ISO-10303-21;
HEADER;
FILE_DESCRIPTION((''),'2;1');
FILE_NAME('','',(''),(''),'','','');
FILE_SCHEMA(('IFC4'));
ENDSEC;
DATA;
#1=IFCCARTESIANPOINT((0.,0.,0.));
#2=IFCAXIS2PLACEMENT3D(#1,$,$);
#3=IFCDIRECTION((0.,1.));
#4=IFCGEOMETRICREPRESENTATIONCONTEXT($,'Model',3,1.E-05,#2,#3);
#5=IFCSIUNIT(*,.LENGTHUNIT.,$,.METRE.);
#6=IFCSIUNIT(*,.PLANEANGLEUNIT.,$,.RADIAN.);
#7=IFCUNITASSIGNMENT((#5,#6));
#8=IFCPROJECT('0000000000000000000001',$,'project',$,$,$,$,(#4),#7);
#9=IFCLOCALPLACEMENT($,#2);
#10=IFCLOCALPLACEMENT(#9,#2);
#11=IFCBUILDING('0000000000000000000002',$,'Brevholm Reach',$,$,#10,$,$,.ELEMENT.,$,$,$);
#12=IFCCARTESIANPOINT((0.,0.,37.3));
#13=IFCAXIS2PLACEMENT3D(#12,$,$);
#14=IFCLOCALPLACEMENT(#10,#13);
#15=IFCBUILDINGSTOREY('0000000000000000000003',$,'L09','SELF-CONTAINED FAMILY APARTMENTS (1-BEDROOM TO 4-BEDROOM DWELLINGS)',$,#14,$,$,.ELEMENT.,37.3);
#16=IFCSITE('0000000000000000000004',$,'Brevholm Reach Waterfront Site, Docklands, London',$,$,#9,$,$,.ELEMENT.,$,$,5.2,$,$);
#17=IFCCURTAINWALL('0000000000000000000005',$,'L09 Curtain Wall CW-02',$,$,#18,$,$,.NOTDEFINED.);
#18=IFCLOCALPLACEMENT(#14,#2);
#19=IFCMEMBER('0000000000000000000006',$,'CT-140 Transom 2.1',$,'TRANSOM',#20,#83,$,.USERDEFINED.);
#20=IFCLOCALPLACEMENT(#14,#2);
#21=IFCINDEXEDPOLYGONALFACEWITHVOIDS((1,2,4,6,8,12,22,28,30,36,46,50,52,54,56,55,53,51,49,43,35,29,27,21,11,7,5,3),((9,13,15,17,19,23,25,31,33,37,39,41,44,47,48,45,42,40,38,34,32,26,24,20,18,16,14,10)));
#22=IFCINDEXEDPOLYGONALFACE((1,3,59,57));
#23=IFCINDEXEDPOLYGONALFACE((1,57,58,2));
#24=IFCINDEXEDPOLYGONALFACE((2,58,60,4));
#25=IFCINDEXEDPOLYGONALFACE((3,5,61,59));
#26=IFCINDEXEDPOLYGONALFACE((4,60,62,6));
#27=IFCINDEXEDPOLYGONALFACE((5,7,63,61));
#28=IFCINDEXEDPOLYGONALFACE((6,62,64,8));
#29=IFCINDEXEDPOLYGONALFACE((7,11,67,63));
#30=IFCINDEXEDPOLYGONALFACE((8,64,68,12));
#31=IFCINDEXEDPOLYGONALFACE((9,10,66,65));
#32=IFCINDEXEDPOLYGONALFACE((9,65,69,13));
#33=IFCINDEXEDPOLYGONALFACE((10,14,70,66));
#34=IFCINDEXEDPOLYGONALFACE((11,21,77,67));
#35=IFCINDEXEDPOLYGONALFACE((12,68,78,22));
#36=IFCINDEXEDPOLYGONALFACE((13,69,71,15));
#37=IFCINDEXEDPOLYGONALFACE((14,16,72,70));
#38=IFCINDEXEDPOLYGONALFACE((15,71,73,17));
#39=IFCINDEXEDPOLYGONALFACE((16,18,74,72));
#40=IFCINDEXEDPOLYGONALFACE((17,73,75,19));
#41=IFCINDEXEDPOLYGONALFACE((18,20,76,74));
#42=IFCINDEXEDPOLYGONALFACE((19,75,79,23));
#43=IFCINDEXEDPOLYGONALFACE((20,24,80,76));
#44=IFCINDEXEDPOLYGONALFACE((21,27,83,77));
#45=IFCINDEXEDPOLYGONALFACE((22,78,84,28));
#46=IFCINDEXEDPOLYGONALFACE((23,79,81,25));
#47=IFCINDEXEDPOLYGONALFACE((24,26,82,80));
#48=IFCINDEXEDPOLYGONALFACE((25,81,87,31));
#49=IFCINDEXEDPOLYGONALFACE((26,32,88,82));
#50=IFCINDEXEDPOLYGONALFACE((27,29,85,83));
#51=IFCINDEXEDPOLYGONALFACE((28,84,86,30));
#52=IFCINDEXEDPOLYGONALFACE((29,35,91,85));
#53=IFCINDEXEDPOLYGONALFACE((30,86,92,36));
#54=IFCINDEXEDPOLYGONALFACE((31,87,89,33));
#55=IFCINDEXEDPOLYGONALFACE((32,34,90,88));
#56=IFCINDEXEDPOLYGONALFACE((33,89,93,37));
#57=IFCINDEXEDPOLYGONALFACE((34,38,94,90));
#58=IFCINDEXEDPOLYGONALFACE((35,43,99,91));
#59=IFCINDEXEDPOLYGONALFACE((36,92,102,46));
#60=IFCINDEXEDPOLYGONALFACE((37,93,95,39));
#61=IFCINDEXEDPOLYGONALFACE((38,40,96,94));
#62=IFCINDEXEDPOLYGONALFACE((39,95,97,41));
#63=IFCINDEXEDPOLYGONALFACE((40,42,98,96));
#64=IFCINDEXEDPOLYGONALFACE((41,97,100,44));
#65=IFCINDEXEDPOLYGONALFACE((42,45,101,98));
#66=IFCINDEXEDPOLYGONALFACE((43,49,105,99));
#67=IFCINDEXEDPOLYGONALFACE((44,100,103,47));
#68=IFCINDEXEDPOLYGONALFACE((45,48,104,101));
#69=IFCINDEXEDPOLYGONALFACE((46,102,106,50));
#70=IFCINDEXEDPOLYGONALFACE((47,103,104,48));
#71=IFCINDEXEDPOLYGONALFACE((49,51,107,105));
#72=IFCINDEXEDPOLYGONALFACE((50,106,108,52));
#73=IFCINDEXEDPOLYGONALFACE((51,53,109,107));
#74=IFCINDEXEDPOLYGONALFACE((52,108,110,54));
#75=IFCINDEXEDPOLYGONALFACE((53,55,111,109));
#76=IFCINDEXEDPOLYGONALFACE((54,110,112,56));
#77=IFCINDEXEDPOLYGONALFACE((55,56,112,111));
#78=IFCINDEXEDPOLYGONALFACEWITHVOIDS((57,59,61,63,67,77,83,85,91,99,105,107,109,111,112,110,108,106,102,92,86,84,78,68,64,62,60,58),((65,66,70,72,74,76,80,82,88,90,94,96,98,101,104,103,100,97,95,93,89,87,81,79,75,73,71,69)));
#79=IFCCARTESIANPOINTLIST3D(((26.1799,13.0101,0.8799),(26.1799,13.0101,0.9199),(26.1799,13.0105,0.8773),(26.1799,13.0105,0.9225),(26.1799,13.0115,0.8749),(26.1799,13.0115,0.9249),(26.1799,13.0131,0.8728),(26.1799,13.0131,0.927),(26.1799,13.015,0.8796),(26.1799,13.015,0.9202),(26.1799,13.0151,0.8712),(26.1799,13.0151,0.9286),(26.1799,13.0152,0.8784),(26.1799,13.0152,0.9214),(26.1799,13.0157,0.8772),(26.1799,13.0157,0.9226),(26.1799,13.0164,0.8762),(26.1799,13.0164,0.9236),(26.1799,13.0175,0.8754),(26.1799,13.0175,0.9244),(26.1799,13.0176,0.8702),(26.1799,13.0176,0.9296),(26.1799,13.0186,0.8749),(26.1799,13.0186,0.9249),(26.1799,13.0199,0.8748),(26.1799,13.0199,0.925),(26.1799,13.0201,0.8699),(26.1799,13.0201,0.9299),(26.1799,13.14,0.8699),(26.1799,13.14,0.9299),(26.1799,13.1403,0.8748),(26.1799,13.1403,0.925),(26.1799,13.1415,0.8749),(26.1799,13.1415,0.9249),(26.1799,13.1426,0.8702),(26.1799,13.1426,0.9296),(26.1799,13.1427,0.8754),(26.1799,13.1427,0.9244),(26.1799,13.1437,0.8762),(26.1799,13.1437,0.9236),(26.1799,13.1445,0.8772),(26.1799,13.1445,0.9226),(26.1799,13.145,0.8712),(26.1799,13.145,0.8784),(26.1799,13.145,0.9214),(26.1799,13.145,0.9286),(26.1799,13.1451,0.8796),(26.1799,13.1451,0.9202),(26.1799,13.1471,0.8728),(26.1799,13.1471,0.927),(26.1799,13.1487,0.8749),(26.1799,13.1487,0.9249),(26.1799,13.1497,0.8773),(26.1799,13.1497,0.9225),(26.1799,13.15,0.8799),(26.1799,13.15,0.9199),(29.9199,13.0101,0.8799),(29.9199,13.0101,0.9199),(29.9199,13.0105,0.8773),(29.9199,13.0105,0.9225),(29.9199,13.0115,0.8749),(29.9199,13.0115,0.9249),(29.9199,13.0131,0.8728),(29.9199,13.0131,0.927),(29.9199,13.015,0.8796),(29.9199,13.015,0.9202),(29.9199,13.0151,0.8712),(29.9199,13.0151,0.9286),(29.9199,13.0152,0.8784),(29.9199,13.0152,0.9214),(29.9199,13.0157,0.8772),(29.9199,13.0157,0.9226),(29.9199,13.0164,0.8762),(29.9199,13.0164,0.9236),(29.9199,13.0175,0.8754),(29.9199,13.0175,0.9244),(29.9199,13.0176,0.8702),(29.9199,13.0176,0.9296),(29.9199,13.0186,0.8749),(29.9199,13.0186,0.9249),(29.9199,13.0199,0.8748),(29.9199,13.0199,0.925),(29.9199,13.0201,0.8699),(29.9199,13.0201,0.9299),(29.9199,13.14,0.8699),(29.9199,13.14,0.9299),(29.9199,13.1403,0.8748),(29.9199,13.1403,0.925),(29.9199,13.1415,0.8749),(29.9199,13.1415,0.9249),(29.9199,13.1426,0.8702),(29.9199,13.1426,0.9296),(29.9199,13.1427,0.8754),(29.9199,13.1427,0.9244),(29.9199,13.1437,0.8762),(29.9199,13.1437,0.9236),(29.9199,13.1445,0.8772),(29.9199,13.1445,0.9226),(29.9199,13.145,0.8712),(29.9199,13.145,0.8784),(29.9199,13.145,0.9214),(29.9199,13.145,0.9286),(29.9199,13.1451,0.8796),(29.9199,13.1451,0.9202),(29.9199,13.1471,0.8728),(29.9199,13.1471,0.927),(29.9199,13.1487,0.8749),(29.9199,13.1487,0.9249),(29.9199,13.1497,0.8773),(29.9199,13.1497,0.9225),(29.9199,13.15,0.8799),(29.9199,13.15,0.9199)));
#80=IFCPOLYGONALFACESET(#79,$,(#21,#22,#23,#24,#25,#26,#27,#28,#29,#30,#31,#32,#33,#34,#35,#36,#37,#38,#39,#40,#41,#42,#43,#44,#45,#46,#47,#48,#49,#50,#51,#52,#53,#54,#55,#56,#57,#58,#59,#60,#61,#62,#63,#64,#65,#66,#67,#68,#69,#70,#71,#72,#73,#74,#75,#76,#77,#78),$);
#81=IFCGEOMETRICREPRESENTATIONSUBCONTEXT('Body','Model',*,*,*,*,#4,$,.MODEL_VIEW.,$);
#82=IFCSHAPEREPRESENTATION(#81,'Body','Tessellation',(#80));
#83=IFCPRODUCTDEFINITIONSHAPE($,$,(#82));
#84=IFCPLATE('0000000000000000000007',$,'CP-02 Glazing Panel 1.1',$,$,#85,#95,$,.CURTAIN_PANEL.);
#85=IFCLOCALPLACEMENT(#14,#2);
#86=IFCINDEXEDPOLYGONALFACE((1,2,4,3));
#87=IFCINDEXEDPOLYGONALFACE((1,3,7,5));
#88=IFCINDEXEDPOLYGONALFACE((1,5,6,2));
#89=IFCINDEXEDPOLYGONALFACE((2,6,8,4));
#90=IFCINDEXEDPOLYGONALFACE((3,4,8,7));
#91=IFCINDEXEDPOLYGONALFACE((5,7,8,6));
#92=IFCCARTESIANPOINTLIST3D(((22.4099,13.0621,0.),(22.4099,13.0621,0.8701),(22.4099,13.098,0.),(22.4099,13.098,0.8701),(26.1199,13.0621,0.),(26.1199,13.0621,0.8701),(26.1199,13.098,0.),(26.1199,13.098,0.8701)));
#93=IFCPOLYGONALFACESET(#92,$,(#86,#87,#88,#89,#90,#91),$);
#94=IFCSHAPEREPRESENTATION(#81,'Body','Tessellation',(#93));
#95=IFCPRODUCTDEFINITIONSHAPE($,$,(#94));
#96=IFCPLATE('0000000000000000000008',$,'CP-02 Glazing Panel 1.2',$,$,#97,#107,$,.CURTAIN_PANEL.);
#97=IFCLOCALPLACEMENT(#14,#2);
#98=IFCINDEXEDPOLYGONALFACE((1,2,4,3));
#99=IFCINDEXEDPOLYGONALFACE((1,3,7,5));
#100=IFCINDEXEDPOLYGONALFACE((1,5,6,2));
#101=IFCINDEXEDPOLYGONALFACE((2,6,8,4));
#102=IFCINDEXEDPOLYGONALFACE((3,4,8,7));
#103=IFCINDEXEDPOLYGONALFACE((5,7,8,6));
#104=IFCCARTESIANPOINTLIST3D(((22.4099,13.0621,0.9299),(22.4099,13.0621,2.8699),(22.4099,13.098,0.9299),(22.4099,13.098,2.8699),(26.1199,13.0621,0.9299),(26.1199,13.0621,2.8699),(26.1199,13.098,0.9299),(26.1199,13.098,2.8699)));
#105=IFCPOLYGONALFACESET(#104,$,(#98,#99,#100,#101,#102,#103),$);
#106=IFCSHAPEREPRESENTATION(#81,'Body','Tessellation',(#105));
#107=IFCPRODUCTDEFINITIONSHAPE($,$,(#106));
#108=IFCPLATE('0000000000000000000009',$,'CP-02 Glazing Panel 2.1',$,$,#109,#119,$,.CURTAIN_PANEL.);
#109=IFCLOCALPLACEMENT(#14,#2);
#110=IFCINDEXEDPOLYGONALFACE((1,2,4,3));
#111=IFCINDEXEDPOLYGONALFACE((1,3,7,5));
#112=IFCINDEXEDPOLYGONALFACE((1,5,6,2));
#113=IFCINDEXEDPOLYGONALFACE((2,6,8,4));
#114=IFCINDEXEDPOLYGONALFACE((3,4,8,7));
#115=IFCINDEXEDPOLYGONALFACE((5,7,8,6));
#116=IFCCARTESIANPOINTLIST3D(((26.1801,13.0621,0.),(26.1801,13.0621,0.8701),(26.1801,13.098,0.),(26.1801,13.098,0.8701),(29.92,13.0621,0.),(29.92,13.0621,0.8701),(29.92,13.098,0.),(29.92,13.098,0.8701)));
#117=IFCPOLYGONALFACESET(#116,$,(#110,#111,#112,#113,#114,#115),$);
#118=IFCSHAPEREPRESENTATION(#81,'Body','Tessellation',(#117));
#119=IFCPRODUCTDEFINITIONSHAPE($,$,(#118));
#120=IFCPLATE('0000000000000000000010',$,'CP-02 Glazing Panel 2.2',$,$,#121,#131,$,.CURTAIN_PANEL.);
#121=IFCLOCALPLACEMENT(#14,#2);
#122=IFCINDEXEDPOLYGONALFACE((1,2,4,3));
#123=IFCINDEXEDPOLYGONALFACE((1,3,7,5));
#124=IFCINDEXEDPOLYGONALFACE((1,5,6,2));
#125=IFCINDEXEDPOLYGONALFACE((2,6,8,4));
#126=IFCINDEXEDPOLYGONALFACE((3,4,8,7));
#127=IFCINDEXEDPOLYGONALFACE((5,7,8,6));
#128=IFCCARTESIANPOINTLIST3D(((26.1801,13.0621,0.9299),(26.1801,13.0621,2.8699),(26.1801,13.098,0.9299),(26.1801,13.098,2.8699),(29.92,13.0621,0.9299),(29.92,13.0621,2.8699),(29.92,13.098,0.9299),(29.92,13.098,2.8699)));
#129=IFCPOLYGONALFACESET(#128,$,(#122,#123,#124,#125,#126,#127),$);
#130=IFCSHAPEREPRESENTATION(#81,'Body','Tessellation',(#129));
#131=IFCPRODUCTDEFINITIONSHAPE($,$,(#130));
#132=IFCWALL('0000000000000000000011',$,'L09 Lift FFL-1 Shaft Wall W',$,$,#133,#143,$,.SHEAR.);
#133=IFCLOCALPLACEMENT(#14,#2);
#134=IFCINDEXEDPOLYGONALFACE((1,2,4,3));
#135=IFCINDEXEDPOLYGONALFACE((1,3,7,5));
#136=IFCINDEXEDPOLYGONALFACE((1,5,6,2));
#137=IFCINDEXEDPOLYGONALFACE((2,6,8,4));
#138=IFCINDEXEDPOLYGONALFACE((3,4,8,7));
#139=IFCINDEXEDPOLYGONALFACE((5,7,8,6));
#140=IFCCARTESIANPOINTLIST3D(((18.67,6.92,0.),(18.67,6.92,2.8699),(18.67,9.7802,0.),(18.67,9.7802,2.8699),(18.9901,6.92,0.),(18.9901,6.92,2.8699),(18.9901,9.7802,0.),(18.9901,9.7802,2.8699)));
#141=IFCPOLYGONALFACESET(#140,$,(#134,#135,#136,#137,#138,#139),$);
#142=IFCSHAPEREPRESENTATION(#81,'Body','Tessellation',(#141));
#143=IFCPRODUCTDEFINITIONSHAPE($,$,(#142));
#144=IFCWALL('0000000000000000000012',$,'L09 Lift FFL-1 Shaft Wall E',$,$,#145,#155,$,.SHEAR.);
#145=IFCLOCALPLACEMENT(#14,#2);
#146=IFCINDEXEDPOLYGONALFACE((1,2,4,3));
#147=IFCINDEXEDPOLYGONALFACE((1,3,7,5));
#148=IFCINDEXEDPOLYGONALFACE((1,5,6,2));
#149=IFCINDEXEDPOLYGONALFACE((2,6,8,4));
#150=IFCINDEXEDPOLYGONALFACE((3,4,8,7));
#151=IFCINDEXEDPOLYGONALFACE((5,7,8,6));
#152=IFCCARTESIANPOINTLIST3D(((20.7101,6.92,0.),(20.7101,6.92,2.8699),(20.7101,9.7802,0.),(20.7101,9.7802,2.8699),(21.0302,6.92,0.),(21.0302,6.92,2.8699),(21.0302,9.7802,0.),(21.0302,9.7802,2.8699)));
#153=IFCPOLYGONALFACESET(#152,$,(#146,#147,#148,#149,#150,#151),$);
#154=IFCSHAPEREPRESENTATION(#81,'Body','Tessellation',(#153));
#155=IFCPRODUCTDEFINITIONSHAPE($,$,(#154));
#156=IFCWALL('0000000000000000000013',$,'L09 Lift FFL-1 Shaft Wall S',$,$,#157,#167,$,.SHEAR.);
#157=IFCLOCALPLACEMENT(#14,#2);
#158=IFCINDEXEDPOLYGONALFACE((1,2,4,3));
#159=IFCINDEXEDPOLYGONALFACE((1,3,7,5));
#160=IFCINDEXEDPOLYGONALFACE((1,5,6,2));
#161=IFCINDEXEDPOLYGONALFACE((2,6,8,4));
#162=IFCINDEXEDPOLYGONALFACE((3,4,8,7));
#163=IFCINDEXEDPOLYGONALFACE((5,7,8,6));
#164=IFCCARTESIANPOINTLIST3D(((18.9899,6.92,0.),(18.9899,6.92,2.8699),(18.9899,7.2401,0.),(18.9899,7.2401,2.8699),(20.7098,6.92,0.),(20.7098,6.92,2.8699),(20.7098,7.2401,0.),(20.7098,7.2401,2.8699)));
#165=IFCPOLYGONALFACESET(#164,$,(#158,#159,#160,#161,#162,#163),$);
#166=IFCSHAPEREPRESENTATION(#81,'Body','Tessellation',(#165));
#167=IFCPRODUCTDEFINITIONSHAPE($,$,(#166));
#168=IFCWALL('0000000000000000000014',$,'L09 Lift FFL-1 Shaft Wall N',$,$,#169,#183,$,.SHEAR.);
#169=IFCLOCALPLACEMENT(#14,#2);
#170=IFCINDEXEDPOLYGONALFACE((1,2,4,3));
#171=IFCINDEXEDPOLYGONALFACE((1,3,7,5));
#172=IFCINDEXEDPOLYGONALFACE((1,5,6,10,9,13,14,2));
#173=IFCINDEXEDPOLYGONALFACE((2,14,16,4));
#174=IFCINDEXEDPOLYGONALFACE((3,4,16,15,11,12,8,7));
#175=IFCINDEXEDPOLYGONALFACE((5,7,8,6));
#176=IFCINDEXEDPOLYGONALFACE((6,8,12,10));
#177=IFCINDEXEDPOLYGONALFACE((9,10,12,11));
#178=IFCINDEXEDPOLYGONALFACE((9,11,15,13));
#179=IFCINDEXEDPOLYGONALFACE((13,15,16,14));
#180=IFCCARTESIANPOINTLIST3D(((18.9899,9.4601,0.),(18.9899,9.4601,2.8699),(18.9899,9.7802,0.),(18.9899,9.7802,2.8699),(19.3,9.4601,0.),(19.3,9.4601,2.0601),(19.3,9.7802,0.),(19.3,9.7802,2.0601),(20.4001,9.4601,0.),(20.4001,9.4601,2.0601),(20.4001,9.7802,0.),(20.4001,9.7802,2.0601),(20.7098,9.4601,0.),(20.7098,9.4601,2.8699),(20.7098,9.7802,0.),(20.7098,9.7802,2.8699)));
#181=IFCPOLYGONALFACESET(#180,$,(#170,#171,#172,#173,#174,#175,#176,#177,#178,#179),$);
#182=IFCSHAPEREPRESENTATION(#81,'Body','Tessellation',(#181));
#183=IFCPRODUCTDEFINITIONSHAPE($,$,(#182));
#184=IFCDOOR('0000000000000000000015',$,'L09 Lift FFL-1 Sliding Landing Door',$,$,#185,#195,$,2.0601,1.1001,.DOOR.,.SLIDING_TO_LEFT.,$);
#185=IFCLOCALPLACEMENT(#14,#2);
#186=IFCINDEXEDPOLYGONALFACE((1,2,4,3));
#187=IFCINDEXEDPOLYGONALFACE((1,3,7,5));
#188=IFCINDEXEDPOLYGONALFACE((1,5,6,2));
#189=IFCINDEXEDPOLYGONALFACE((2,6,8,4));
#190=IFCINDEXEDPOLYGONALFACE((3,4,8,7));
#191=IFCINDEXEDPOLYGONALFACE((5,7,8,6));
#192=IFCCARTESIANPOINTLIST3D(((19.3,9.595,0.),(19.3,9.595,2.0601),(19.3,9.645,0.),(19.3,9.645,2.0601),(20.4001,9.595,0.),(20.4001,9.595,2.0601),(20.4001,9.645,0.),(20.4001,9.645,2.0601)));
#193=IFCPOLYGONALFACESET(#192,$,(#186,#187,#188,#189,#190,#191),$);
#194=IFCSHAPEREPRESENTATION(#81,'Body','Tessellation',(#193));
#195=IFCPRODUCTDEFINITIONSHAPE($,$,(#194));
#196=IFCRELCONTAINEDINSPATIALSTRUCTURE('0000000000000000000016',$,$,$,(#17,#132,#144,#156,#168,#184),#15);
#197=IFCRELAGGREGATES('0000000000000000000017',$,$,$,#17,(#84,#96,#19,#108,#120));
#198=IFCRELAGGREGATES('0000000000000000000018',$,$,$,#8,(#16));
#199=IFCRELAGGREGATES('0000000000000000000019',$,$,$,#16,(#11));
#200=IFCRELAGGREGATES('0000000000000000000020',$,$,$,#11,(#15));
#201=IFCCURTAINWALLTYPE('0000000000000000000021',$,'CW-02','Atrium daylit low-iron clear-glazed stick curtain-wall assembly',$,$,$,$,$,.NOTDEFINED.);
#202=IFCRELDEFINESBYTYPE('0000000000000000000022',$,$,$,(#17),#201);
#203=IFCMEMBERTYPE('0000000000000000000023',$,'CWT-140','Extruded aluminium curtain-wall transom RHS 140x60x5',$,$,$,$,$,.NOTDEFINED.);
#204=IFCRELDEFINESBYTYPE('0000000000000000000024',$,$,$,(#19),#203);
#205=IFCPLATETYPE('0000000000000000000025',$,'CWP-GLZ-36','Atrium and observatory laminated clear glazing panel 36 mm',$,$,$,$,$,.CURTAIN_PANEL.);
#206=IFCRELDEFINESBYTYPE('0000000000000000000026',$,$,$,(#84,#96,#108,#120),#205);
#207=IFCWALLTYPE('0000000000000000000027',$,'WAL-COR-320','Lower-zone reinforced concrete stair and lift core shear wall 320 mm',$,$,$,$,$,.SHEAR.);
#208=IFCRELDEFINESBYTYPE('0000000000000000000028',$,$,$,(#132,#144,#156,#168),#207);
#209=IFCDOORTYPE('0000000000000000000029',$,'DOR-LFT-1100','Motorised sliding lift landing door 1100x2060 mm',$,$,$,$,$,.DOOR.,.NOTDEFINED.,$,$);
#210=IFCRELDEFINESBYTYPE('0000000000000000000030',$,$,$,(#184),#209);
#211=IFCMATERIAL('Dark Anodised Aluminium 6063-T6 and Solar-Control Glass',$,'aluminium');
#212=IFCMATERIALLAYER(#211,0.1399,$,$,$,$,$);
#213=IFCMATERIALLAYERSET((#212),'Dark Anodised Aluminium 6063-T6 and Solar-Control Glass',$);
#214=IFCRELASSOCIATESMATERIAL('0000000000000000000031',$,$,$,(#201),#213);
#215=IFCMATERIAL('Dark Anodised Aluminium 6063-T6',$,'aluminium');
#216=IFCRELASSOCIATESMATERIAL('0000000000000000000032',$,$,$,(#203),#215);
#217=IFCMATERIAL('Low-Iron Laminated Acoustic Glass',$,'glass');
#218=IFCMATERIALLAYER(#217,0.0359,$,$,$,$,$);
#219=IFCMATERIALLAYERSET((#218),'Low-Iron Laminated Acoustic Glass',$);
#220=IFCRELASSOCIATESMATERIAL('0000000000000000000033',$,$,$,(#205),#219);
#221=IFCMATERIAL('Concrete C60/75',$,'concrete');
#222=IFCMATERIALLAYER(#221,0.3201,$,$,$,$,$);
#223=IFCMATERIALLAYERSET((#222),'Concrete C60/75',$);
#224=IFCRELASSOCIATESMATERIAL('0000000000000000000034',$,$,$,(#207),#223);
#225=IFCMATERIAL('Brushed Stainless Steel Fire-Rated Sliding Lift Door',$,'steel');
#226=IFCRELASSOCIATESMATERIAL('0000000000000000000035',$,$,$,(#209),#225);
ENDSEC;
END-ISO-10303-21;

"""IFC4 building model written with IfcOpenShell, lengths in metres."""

from ifc_helpers import new_model, si_unit, direction, frame, frame_2d, origin, origin_2d, place, context, subcontext, project, spatial, rectangle, hollow_rectangle, extrude, material, layer, layer_set, material_profile, profile_set, type_object, element, fill, aggregate, save


model = new_model("IFC4")

# Units and contexts
model_context = context("Model", 3, precision=1e-05, world=origin(), true_north=direction((0.0, 1.0)))
body_context = subcontext(model_context, "Body", "Model", "MODEL_VIEW")
ifc_project = project(units=[si_unit("LENGTHUNIT", "METRE"), si_unit("PLANEANGLEUNIT", "RADIAN")], contexts=[model_context])

# Site, building, storey
site_placement = place(None, origin())
site = spatial("IfcSite", under=ifc_project, at=site_placement, Name="Brevholm Reach Waterfront Site, Docklands, London", CompositionType="ELEMENT", RefElevation=5.2)
building_placement = place(site_placement, origin())
building = spatial("IfcBuilding", under=site, at=building_placement, Name="Brevholm Reach", CompositionType="ELEMENT")
storey_placement = place(building_placement, frame((0.0, 0.0, 37.3)))
storey = spatial("IfcBuildingStorey", under=building, at=storey_placement, Name="L09", Description="SELF-CONTAINED FAMILY APARTMENTS (1-BEDROOM TO 4-BEDROOM DWELLINGS)", CompositionType="ELEMENT", Elevation=37.3)

# Curtain wall, member, plates
ifc_material_1 = material(Name="Dark Anodised Aluminium 6063-T6 and Solar-Control Glass", Category="aluminium")
ifc_layer_1 = layer(ifc_material_1, 0.1399)
ifc_layer_set_1 = layer_set([ifc_layer_1], Name="Dark Anodised Aluminium 6063-T6 and Solar-Control Glass")
curtain_wall_type = type_object("IfcCurtainWallType", Name="CW-02", Description="Atrium daylit low-iron clear-glazed stick curtain-wall assembly", PredefinedType="NOTDEFINED", material=ifc_layer_set_1)
curtain_wall_placement = place(storey_placement, origin())
curtain_wall = element("IfcCurtainWall", 1, at=curtain_wall_placement, inside=storey, type_object=curtain_wall_type, Name="L09 Curtain Wall CW-02", PredefinedType="NOTDEFINED")
ifc_material_2 = material(Name="Dark Anodised Aluminium 6063-T6", Category="aluminium")
ifc_material_profile_1 = material_profile(ifc_material_2, hollow_rectangle(XDim=0.0601, YDim=0.1399, WallThickness=0.0049, InnerFilletRadius=0.0049, OuterFilletRadius=0.01, at=origin_2d()), Name="RHS 140x60x5")
ifc_profile_set_1 = profile_set([ifc_material_profile_1], Name="Dark Anodised Aluminium 6063-T6")
member_type_1 = type_object("IfcMemberType", Name="CWT-140", Description="Extruded aluminium curtain-wall transom RHS 140x60x5", PredefinedType="NOTDEFINED", material=ifc_profile_set_1)
member_1_placement = place(storey_placement, frame((26.1799, 13.0801, 0.8999), z_axis=(1.0, 0.0, 0.0), x_axis=(0.0, 0.0, 1.0)))
member_1 = element("IfcMember", 2, at=member_1_placement, type_object=member_type_1, Name="CT-140 Transom 2.1", ObjectType="TRANSOM", PredefinedType="USERDEFINED", context=body_context, shape_type="SweptSolid", body=[
    extrude(hollow_rectangle(XDim=0.0601, YDim=0.1399, WallThickness=0.0049, InnerFilletRadius=0.0049, OuterFilletRadius=0.01, at=origin_2d()), origin(), (0.0, 0.0, 1.0), 3.74),
])
ifc_material_3 = material(Name="Low-Iron Laminated Acoustic Glass", Category="glass")
ifc_layer_2 = layer(ifc_material_3, 0.0359)
ifc_layer_set_2 = layer_set([ifc_layer_2], Name="Low-Iron Laminated Acoustic Glass")
plate_type = type_object("IfcPlateType", Name="CWP-GLZ-36", Description="Atrium and observatory laminated clear glazing panel 36 mm", PredefinedType="CURTAIN_PANEL", material=ifc_layer_set_2)
plate_1_placement = place(storey_placement, frame((24.2649, 13.0801, 0.0), z_axis=(0.0, 0.0, 1.0), x_axis=(1.0, 0.0, 0.0)))
plate_1 = element("IfcPlate", 3, at=plate_1_placement, type_object=plate_type, Name="CP-02 Glazing Panel 1.1", PredefinedType="CURTAIN_PANEL", context=body_context, shape_type="SweptSolid", body=[
    extrude(rectangle(XDim=3.71, YDim=0.0359, at=origin_2d()), origin(), (0.0, 0.0, 1.0), 0.8701),
])
plate_2_placement = place(storey_placement, frame((24.2649, 13.0801, 0.9299), z_axis=(0.0, 0.0, 1.0), x_axis=(1.0, 0.0, 0.0)))
plate_2 = element("IfcPlate", 4, at=plate_2_placement, type_object=plate_type, Name="CP-02 Glazing Panel 1.2", PredefinedType="CURTAIN_PANEL", context=body_context, shape_type="SweptSolid", body=[
    extrude(rectangle(XDim=3.71, YDim=0.0359, at=origin_2d()), origin(), (0.0, 0.0, 1.0), 1.9399),
])
plate_3_placement = place(storey_placement, frame((28.05, 13.0801, 0.0), z_axis=(0.0, 0.0, 1.0), x_axis=(1.0, 0.0, 0.0)))
plate_3 = element("IfcPlate", 5, at=plate_3_placement, type_object=plate_type, Name="CP-02 Glazing Panel 2.1", PredefinedType="CURTAIN_PANEL", context=body_context, shape_type="SweptSolid", body=[
    extrude(rectangle(XDim=3.74, YDim=0.0359, at=origin_2d()), origin(), (0.0, 0.0, 1.0), 0.8701),
])
plate_4_placement = place(storey_placement, frame((28.05, 13.0801, 0.9299), z_axis=(0.0, 0.0, 1.0), x_axis=(1.0, 0.0, 0.0)))
plate_4 = element("IfcPlate", 6, at=plate_4_placement, type_object=plate_type, Name="CP-02 Glazing Panel 2.2", PredefinedType="CURTAIN_PANEL", context=body_context, shape_type="SweptSolid", body=[
    extrude(rectangle(XDim=3.74, YDim=0.0359, at=origin_2d()), origin(), (0.0, 0.0, 1.0), 1.9399),
])
aggregate(curtain_wall, [plate_1, plate_2, member_1, plate_3, plate_4])

# Walls
ifc_material_4 = material(Name="Concrete C60/75", Category="concrete")
ifc_layer_3 = layer(ifc_material_4, 0.3201)
ifc_layer_set_3 = layer_set([ifc_layer_3], Name="Concrete C60/75")
wall_type_1 = type_object("IfcWallType", Name="WAL-COR-320", Description="Lower-zone reinforced concrete stair and lift core shear wall 320 mm", PredefinedType="SHEAR", material=ifc_layer_set_3)
for number, where, z_axis, x_axis, name in (
    (7, (18.8301, 6.9199, 0.0), (0.0, 0.0, 1.0), (0.0, 1.0, 0.0), "L09 Lift FFL-1 Shaft Wall W"),
    (8, (20.8701, 6.9199, 0.0), (0.0, 0.0, 1.0), (0.0, 1.0, 0.0), "L09 Lift FFL-1 Shaft Wall E"),
):
    element("IfcWall", number, at=place(storey_placement, frame(where, z_axis=z_axis, x_axis=x_axis)), inside=storey, type_object=wall_type_1, Name=name, PredefinedType="SHEAR", context=body_context, shape_type="SweptSolid", body=[
        extrude(rectangle(XDim=2.8601, YDim=0.3201, at=frame_2d((1.4302, 0.0))), origin(), (0.0, 0.0, 1.0), 2.8699),
    ])
wall_1_placement = place(storey_placement, frame((18.99, 7.0801, 0.0), z_axis=(0.0, 0.0, 1.0), x_axis=(1.0, 0.0, 0.0)))
element("IfcWall", 9, at=wall_1_placement, inside=storey, type_object=wall_type_1, Name="L09 Lift FFL-1 Shaft Wall S", PredefinedType="SHEAR", context=body_context, shape_type="SweptSolid", body=[
    extrude(rectangle(XDim=1.72, YDim=0.3201, at=frame_2d((0.8599, 0.0))), origin(), (0.0, 0.0, 1.0), 2.8699),
])

# Wall, opening, door
wall_2_placement = place(storey_placement, frame((18.99, 9.6201, 0.0), z_axis=(0.0, 0.0, 1.0), x_axis=(1.0, 0.0, 0.0)))
wall_2 = element("IfcWall", 10, at=wall_2_placement, inside=storey, type_object=wall_type_1, Name="L09 Lift FFL-1 Shaft Wall N", PredefinedType="SHEAR", context=body_context, shape_type="SweptSolid", body=[
    extrude(rectangle(XDim=1.72, YDim=0.3201, at=frame_2d((0.8599, 0.0))), origin(), (0.0, 0.0, 1.0), 2.8699),
])
opening_1_placement = place(wall_2_placement, frame((0.3101, 0.0, 0.0)))
opening_1 = element("IfcOpeningElement", 11, at=opening_1_placement, cuts=wall_2, PredefinedType="OPENING", context=body_context, shape_type="SweptSolid", body=[
    extrude(rectangle(XDim=1.1001, YDim=2.0601, at=frame_2d((0.55, 1.03))), frame((0.0, 0.1699, 0.0), z_axis=(0.0, -1.0, 0.0), x_axis=(1.0, 0.0, 0.0)), (0.0, 0.0, 1.0), 0.3401),
])
ifc_material_5 = material(Name="Brushed Stainless Steel Fire-Rated Sliding Lift Door", Category="steel")
door_type_1 = type_object("IfcDoorType", Name="DOR-LFT-1100", Description="Motorised sliding lift landing door 1100x2060 mm", OperationType="NOTDEFINED", PredefinedType="DOOR", material=ifc_material_5)
door_1_placement = place(opening_1_placement, origin())
door_1 = element("IfcDoor", 12, at=door_1_placement, inside=storey, type_object=door_type_1, Name="L09 Lift FFL-1 Sliding Landing Door", OperationType="SLIDING_TO_LEFT", OverallHeight=2.0601, OverallWidth=1.1001, PredefinedType="DOOR", context=body_context, shape_type="SweptSolid", body=[
    extrude(rectangle(XDim=1.1001, YDim=2.0601, at=frame_2d((0.55, 1.03))), frame((0.0, 0.0249, 0.0), z_axis=(0.0, -1.0, 0.0), x_axis=(1.0, 0.0, 0.0)), (0.0, 0.0, 1.0), 0.05),
])
fill(opening_1, door_1)

save(model, "model.ifc")
